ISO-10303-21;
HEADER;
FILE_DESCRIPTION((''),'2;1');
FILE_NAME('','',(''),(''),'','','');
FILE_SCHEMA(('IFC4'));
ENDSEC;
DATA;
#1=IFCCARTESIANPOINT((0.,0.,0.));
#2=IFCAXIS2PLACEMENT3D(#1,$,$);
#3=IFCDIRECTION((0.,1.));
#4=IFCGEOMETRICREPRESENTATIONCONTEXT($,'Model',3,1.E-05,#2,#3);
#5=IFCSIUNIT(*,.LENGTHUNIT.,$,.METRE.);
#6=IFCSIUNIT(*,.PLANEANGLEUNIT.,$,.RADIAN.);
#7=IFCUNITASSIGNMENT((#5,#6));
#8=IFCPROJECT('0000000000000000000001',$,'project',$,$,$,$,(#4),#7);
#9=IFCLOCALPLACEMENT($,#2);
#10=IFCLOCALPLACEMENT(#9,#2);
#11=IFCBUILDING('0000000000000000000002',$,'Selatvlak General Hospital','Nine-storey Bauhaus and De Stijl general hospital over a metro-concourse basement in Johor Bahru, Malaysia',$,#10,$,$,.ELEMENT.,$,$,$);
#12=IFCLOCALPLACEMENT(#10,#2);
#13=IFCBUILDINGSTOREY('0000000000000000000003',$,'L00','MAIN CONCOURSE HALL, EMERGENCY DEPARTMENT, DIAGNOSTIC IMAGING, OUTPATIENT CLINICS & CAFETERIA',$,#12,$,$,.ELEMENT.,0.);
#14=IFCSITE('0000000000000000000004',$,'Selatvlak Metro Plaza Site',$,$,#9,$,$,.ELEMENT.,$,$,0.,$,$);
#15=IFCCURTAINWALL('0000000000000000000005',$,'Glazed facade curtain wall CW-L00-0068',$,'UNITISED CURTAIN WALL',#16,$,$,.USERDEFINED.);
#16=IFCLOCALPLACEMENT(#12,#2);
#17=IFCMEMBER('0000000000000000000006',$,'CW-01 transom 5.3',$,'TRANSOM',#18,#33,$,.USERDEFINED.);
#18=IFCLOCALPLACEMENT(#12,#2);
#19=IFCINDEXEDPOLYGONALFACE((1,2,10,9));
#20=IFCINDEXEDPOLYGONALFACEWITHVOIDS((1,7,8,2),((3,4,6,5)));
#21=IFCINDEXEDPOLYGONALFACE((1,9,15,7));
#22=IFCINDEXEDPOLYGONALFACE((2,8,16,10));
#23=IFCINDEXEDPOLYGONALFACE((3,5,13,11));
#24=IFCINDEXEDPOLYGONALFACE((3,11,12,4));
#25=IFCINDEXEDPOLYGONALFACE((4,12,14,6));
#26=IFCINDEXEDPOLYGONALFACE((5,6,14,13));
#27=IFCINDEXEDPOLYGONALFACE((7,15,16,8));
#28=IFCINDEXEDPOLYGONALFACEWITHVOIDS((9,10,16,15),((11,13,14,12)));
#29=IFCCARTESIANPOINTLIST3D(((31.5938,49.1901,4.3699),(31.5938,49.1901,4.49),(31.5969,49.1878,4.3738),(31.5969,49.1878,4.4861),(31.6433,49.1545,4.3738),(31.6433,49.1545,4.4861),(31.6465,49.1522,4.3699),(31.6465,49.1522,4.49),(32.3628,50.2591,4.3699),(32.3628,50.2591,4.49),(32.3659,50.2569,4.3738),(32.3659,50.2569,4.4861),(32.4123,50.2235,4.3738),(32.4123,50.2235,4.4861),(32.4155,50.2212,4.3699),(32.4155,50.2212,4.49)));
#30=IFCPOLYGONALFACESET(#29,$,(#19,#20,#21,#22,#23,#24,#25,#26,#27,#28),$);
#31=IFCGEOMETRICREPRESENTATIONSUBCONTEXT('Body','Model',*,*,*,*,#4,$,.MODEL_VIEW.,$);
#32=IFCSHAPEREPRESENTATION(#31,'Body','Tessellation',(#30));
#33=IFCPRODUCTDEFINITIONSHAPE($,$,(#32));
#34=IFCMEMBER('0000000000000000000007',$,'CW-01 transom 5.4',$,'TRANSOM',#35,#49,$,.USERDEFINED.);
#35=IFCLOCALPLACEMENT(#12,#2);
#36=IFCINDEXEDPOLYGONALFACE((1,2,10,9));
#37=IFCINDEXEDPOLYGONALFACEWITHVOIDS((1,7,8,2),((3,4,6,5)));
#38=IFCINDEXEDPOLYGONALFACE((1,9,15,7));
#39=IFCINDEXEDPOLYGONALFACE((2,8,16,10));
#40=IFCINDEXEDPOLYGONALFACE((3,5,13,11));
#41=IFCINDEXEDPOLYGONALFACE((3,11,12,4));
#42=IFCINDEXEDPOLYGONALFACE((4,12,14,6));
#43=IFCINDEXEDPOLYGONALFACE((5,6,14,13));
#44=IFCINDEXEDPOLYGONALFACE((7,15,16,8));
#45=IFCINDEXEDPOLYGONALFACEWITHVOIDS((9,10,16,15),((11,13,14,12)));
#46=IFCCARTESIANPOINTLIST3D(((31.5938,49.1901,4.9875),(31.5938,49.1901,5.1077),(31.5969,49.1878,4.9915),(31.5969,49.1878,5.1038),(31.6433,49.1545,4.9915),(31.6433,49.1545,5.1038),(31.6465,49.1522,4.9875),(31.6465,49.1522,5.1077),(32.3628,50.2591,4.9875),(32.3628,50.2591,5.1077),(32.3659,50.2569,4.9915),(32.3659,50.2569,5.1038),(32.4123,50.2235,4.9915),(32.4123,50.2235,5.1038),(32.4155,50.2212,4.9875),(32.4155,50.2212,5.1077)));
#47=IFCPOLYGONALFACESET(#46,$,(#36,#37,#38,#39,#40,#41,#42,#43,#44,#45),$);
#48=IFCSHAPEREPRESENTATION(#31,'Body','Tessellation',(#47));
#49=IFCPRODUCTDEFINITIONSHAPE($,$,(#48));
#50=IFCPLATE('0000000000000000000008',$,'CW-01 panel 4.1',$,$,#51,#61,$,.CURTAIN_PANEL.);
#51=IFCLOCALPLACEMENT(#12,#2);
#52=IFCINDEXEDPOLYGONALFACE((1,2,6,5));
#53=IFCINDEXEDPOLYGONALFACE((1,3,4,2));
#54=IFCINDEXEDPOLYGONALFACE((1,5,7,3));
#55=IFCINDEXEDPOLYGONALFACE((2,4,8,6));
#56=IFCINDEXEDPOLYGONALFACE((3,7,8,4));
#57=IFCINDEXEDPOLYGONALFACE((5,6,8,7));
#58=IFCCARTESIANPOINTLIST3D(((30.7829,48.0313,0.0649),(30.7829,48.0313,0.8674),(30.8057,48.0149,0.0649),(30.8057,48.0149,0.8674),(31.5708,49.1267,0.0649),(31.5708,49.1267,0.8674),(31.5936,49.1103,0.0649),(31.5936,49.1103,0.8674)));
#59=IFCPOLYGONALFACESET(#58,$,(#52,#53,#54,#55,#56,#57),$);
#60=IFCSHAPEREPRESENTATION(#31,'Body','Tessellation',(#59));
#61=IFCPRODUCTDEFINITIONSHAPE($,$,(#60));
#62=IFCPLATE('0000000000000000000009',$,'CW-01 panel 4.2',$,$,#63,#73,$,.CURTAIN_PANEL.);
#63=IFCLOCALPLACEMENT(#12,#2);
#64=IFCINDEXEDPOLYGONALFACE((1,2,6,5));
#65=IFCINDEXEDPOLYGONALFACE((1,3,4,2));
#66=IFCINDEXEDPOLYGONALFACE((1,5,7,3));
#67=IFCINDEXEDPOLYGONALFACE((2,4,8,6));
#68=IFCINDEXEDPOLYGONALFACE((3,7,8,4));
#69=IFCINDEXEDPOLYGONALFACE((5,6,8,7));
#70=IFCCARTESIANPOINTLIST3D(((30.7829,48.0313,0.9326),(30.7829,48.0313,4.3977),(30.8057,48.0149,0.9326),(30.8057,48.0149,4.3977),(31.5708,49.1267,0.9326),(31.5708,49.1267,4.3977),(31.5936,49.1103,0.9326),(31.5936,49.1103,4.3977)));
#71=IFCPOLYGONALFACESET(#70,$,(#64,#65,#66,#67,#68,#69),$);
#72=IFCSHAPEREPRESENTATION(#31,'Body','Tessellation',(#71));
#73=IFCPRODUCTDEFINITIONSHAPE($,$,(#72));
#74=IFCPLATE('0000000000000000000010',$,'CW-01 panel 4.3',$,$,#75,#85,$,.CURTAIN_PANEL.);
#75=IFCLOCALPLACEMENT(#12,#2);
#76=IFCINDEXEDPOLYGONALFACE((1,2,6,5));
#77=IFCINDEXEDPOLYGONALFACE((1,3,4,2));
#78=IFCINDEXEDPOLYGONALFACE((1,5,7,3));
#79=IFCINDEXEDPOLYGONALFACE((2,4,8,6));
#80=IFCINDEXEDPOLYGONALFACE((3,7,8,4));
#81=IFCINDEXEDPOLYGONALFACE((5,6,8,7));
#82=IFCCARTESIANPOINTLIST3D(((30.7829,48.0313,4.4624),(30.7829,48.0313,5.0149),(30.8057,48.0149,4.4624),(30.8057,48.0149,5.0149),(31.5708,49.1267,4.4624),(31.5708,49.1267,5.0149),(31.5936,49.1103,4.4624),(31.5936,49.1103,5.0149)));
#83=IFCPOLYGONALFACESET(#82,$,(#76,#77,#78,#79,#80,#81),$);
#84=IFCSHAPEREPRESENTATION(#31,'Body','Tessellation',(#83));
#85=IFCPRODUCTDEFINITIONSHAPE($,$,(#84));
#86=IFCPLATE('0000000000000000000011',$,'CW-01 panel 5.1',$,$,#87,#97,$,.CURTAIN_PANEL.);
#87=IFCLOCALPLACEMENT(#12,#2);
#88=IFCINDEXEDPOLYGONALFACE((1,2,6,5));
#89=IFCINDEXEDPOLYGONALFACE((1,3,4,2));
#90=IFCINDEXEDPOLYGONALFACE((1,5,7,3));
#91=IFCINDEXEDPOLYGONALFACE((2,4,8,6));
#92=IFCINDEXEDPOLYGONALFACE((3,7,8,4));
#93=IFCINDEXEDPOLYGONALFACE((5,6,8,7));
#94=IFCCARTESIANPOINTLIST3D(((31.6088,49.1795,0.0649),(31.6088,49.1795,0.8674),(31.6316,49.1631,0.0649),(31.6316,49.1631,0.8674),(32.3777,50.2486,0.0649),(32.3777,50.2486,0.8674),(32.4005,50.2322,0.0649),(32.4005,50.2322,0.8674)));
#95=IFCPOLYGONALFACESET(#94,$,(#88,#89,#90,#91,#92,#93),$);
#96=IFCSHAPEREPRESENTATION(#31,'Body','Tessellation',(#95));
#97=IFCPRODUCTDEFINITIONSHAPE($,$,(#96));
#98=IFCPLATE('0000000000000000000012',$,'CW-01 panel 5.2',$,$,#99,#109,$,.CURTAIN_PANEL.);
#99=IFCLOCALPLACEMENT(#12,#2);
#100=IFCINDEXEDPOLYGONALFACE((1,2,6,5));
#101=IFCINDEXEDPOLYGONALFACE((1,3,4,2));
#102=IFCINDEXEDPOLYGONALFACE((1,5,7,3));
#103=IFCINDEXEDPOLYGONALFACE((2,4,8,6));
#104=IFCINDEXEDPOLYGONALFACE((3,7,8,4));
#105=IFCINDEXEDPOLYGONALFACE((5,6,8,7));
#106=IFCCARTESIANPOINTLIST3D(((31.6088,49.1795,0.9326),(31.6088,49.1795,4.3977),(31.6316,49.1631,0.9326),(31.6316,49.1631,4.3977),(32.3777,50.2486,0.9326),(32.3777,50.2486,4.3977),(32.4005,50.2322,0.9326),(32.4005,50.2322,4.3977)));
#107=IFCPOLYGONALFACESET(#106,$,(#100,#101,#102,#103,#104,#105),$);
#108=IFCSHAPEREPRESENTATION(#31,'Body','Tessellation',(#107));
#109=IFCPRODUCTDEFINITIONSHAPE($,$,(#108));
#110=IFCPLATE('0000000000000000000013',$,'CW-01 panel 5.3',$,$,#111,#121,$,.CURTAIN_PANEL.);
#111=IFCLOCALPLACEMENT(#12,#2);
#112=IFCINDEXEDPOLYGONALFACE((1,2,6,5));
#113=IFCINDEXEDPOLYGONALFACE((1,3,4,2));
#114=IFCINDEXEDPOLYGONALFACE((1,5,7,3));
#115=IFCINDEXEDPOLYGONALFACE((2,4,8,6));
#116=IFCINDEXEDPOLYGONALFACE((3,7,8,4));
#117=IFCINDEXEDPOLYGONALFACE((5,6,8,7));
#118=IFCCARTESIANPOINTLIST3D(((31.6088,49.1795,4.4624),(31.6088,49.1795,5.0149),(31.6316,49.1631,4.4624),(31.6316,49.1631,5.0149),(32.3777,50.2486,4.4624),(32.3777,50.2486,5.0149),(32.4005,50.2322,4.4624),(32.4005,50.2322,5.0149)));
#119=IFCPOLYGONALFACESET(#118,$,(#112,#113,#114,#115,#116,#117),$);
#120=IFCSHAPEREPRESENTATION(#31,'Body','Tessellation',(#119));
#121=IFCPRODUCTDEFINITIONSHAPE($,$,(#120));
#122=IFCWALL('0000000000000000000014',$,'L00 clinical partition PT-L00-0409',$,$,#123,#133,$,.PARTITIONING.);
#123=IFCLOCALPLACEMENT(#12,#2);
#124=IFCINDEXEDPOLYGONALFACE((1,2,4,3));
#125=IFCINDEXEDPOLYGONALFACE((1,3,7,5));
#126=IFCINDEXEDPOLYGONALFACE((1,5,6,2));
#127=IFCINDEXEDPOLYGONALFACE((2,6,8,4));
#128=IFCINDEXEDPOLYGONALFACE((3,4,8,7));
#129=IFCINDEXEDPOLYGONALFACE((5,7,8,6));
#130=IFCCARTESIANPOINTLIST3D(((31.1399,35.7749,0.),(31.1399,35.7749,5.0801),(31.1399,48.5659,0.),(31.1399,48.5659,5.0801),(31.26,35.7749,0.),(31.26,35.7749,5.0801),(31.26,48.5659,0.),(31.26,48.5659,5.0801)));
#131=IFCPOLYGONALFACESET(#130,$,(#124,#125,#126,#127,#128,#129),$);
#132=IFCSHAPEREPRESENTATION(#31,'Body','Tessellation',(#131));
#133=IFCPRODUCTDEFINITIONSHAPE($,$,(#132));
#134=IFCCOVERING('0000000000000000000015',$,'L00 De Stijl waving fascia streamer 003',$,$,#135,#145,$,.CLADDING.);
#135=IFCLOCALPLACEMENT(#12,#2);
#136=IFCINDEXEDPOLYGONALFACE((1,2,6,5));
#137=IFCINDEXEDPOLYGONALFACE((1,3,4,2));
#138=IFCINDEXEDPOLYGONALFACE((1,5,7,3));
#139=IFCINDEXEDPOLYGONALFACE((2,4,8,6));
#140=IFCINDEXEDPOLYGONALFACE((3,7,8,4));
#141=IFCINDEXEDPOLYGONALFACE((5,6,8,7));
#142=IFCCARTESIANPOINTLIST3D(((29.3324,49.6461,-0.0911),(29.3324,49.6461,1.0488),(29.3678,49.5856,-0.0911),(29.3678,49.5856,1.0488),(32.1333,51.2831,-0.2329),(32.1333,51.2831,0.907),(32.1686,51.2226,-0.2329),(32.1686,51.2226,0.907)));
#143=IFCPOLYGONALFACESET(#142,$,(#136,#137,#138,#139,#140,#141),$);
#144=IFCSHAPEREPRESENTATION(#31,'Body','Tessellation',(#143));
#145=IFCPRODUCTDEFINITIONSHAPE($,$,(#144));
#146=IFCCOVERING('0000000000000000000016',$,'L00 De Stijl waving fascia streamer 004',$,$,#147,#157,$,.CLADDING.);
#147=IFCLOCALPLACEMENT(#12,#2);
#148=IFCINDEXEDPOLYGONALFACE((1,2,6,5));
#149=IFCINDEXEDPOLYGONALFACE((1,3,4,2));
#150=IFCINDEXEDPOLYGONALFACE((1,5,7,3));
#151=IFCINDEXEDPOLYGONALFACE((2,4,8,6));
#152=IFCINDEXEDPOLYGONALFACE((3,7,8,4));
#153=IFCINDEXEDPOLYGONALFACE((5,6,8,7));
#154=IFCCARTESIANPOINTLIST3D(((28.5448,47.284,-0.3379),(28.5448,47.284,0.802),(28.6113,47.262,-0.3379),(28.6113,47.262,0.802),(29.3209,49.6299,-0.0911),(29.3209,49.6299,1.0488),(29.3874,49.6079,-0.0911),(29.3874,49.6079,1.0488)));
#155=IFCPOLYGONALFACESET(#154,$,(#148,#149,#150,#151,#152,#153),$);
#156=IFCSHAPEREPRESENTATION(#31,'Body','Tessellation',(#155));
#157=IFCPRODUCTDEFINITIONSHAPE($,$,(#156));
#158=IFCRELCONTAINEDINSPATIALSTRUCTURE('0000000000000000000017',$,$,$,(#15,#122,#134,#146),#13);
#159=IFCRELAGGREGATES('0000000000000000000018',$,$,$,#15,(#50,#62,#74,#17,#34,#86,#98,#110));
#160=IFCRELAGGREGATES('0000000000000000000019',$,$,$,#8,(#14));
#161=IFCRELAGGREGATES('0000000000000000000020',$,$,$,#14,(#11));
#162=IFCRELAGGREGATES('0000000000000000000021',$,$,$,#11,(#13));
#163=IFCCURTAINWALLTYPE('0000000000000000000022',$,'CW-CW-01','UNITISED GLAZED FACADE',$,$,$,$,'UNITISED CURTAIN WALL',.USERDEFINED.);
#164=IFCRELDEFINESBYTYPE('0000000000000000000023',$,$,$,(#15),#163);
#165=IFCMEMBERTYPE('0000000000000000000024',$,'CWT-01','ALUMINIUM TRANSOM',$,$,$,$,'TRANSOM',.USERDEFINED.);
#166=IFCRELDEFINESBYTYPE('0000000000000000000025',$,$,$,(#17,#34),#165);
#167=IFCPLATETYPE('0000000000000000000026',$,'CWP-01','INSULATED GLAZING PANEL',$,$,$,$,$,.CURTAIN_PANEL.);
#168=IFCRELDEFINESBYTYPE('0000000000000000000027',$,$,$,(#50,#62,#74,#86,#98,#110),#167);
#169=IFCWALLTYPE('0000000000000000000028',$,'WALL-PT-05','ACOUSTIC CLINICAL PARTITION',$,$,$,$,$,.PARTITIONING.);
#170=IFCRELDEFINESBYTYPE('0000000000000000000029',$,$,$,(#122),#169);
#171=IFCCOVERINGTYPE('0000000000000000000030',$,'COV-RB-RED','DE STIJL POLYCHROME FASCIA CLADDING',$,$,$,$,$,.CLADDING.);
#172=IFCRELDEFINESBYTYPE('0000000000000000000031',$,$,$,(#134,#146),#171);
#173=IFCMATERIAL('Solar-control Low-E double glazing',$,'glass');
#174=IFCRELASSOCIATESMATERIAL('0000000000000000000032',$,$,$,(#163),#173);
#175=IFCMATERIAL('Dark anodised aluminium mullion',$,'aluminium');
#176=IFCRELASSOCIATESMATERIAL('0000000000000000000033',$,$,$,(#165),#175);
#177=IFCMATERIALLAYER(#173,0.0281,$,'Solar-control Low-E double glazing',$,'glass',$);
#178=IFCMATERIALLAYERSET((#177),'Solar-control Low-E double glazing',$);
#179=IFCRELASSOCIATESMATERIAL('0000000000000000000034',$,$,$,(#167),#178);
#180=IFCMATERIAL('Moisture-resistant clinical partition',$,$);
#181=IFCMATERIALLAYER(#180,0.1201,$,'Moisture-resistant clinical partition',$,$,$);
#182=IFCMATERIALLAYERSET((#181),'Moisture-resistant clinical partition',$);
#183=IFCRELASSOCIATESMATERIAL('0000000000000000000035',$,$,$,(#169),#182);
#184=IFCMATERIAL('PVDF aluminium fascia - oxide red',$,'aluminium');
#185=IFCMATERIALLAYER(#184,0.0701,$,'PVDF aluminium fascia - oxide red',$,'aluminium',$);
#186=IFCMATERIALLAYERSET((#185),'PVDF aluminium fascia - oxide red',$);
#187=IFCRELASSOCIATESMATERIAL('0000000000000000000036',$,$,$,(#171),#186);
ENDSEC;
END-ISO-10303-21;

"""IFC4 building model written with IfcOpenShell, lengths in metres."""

from ifc_helpers import new_model, si_unit, direction, frame, frame_2d, origin, origin_2d, place, context, subcontext, project, spatial, polyline, rectangle, hollow_rectangle, outline, extrude, material, layer, layer_set, material_profile, profile_set, type_object, element, aggregate, save


model = new_model("IFC4")

# Units and contexts
model_context = context("Model", 3, precision=1e-05, world=origin(), true_north=direction((0.0, 1.0)))
body_context = subcontext(model_context, "Body", "Model", "MODEL_VIEW")
ifc_project = project(units=[si_unit("LENGTHUNIT", "METRE"), si_unit("PLANEANGLEUNIT", "RADIAN")], contexts=[model_context])

# Site, building, storey
site_placement = place(None, origin())
site = spatial("IfcSite", under=ifc_project, at=site_placement, Name="Selatvlak Metro Plaza Site", CompositionType="ELEMENT", RefElevation=0.0)
building_placement = place(site_placement, origin())
building = spatial("IfcBuilding", under=site, at=building_placement, Name="Selatvlak General Hospital", Description="Nine-storey Bauhaus and De Stijl general hospital over a metro-concourse basement in Johor Bahru, Malaysia", CompositionType="ELEMENT")
storey_placement = place(building_placement, origin())
storey = spatial("IfcBuildingStorey", under=building, at=storey_placement, Name="L00", Description="MAIN CONCOURSE HALL, EMERGENCY DEPARTMENT, DIAGNOSTIC IMAGING, OUTPATIENT CLINICS & CAFETERIA", CompositionType="ELEMENT", Elevation=0.0)

# Curtain wall
ifc_material_1 = material(Name="Solar-control Low-E double glazing", Category="glass")
curtain_wall_type = type_object("IfcCurtainWallType", Name="CW-CW-01", Description="UNITISED GLAZED FACADE", ElementType="UNITISED CURTAIN WALL", PredefinedType="USERDEFINED", material=ifc_material_1)
curtain_wall_1_placement = place(storey_placement, origin())
curtain_wall_1 = element("IfcCurtainWall", 1, at=curtain_wall_1_placement, inside=storey, type_object=curtain_wall_type, Name="Glazed facade curtain wall CW-L00-0068", ObjectType="UNITISED CURTAIN WALL", PredefinedType="USERDEFINED")
ifc_material_2 = material(Name="Dark anodised aluminium mullion", Category="aluminium")

# Members
ifc_material_profile_1 = material_profile(ifc_material_2, hollow_rectangle(XDim=0.0649, YDim=0.1201, WallThickness=0.0039, at=origin_2d()), Name="AL-TRN 65x120x4")
ifc_profile_set_1 = profile_set([ifc_material_profile_1], Name="Dark anodised aluminium mullion")
member_type_1 = type_object("IfcMemberType", Name="CWT-01", Description="ALUMINIUM TRANSOM", ElementType="TRANSOM", PredefinedType="USERDEFINED", material=ifc_profile_set_1)
member_1_placement = place(storey_placement, frame((31.6201, 49.1711, 4.4299), z_axis=(0.583953, 0.811787, 0.0), x_axis=(-0.811787, 0.583953, 0.0)))
member_1 = element("IfcMember", 2, at=member_1_placement, type_object=member_type_1, Name="CW-01 transom 5.3", ObjectType="TRANSOM", PredefinedType="USERDEFINED", context=body_context, shape_type="SweptSolid", body=[
    extrude(hollow_rectangle(XDim=0.0649, YDim=0.1201, WallThickness=0.0039, at=origin_2d()), origin(), (0.0, 0.0, 1.0), 1.3169),
])
member_2_placement = place(storey_placement, frame((31.6201, 49.1711, 5.0476), z_axis=(0.583953, 0.811787, 0.0), x_axis=(-0.811787, 0.583953, 0.0)))
member_2 = element("IfcMember", 3, at=member_2_placement, type_object=member_type_1, Name="CW-01 transom 5.4", ObjectType="TRANSOM", PredefinedType="USERDEFINED", context=body_context, shape_type="SweptSolid", body=[
    extrude(hollow_rectangle(XDim=0.0649, YDim=0.1201, WallThickness=0.0039, at=origin_2d()), origin(), (0.0, 0.0, 1.0), 1.3169),
])

# Plates
ifc_layer_1 = layer(ifc_material_1, 0.0281, Name="Solar-control Low-E double glazing", Category="glass")
ifc_layer_set_1 = layer_set([ifc_layer_1], Name="Solar-control Low-E double glazing")
plate_type = type_object("IfcPlateType", Name="CWP-01", Description="INSULATED GLAZING PANEL", PredefinedType="CURTAIN_PANEL", material=ifc_layer_set_1)
plate_1_placement = place(storey_placement, frame((31.1882, 48.5708, 0.0649), z_axis=(0.0, 0.0, 1.0), x_axis=(0.583884, 0.811837, 0.0)))
plate_1 = element("IfcPlate", 4, at=plate_1_placement, type_object=plate_type, Name="CW-01 panel 4.1", PredefinedType="CURTAIN_PANEL", context=body_context, shape_type="SweptSolid", body=[
    extrude(rectangle(XDim=1.3494, YDim=0.0281, at=origin_2d()), origin(), (0.0, 0.0, 1.0), 0.8025),
])
plate_2_placement = place(storey_placement, frame((31.1882, 48.5708, 0.9326), z_axis=(0.0, 0.0, 1.0), x_axis=(0.583884, 0.811837, 0.0)))
plate_2 = element("IfcPlate", 5, at=plate_2_placement, type_object=plate_type, Name="CW-01 panel 4.2", PredefinedType="CURTAIN_PANEL", context=body_context, shape_type="SweptSolid", body=[
    extrude(rectangle(XDim=1.3494, YDim=0.0281, at=origin_2d()), origin(), (0.0, 0.0, 1.0), 3.4651),
])
plate_3_placement = place(storey_placement, frame((31.1882, 48.5708, 4.4624), z_axis=(0.0, 0.0, 1.0), x_axis=(0.583884, 0.811837, 0.0)))
plate_3 = element("IfcPlate", 6, at=plate_3_placement, type_object=plate_type, Name="CW-01 panel 4.3", PredefinedType="CURTAIN_PANEL", context=body_context, shape_type="SweptSolid", body=[
    extrude(rectangle(XDim=1.3494, YDim=0.0281, at=origin_2d()), origin(), (0.0, 0.0, 1.0), 0.5525),
])
plate_4_placement = place(storey_placement, frame((32.0046, 49.7058, 0.0649), z_axis=(0.0, 0.0, 1.0), x_axis=(0.583884, 0.811837, 0.0)))
plate_4 = element("IfcPlate", 7, at=plate_4_placement, type_object=plate_type, Name="CW-01 panel 5.1", PredefinedType="CURTAIN_PANEL", context=body_context, shape_type="SweptSolid", body=[
    extrude(rectangle(XDim=1.3169, YDim=0.0281, at=origin_2d()), origin(), (0.0, 0.0, 1.0), 0.8025),
])
plate_5_placement = place(storey_placement, frame((32.0046, 49.7058, 0.9326), z_axis=(0.0, 0.0, 1.0), x_axis=(0.583884, 0.811837, 0.0)))
plate_5 = element("IfcPlate", 8, at=plate_5_placement, type_object=plate_type, Name="CW-01 panel 5.2", PredefinedType="CURTAIN_PANEL", context=body_context, shape_type="SweptSolid", body=[
    extrude(rectangle(XDim=1.3169, YDim=0.0281, at=origin_2d()), origin(), (0.0, 0.0, 1.0), 3.4651),
])
plate_6_placement = place(storey_placement, frame((32.0046, 49.7058, 4.4624), z_axis=(0.0, 0.0, 1.0), x_axis=(0.583884, 0.811837, 0.0)))
plate_6 = element("IfcPlate", 9, at=plate_6_placement, type_object=plate_type, Name="CW-01 panel 5.3", PredefinedType="CURTAIN_PANEL", context=body_context, shape_type="SweptSolid", body=[
    extrude(rectangle(XDim=1.3169, YDim=0.0281, at=origin_2d()), origin(), (0.0, 0.0, 1.0), 0.5525),
])
aggregate(curtain_wall_1, [plate_1, plate_2, plate_3, member_1, member_2, plate_4, plate_5, plate_6])

# Wall
ifc_material_3 = material(Name="Moisture-resistant clinical partition")
ifc_layer_2 = layer(ifc_material_3, 0.1201, Name="Moisture-resistant clinical partition")
ifc_layer_set_2 = layer_set([ifc_layer_2], Name="Moisture-resistant clinical partition")
wall_type = type_object("IfcWallType", Name="WALL-PT-05", Description="ACOUSTIC CLINICAL PARTITION", PredefinedType="PARTITIONING", material=ifc_layer_set_2)
wall_placement = place(storey_placement, frame((31.2, 48.5659, 0.0), z_axis=(0.0, 0.0, 1.0), x_axis=(0.0, -1.0, 0.0)))
element("IfcWall", 10, at=wall_placement, inside=storey, type_object=wall_type, Name="L00 clinical partition PT-L00-0409", PredefinedType="PARTITIONING", context=body_context, shape_type="SweptSolid", body=[
    extrude(rectangle(XDim=12.791, YDim=0.1201, at=frame_2d((6.3955, 0.0))), origin(), (0.0, 0.0, 1.0), 5.0801),
])

# Coverings
ifc_material_4 = material(Name="PVDF aluminium fascia - oxide red", Category="aluminium")
ifc_layer_3 = layer(ifc_material_4, 0.0701, Name="PVDF aluminium fascia - oxide red", Category="aluminium")
ifc_layer_set_3 = layer_set([ifc_layer_3], Name="PVDF aluminium fascia - oxide red")
covering_type = type_object("IfcCoveringType", Name="COV-RB-RED", Description="DE STIJL POLYCHROME FASCIA CLADDING", PredefinedType="CLADDING", material=ifc_layer_set_3)
covering_1_placement = place(storey_placement, frame((32.1509, 51.2529, -0.2329), z_axis=(0.0, 0.0, 1.0), x_axis=(-0.863353, -0.504601, 0.0)))
element("IfcCovering", 11, at=covering_1_placement, inside=storey, type_object=covering_type, Name="L00 De Stijl waving fascia streamer 003", PredefinedType="CLADDING", context=body_context, shape_type="SweptSolid", body=[
    extrude(outline(polyline([(0.0, 0.0), (3.2441, 0.1418), (3.2441, 1.2817), (0.0, 1.1399), (0.0, 0.0)])), frame((0.0, 0.0352, 0.0), z_axis=(0.0, -1.0, 0.0), x_axis=(1.0, 0.0, 0.0)), (0.0, 0.0, 1.0), 0.0701),
])
covering_2_placement = place(storey_placement, frame((29.354, 49.6189, -0.0911), z_axis=(0.0, 0.0, 1.0), x_axis=(-0.314093, -0.949392, 0.0)))
element("IfcCovering", 12, at=covering_2_placement, inside=storey, type_object=covering_type, Name="L00 De Stijl waving fascia streamer 004", PredefinedType="CLADDING", context=body_context, shape_type="SweptSolid", body=[
    extrude(outline(polyline([(0.0, 0.0), (2.4709, -0.2468), (2.4709, 0.8931), (0.0, 1.1399), (0.0, 0.0)])), frame((0.0, 0.0352, 0.0), z_axis=(0.0, -1.0, 0.0), x_axis=(1.0, 0.0, 0.0)), (0.0, 0.0, 1.0), 0.0701),
])

save(model, "model.ifc")
